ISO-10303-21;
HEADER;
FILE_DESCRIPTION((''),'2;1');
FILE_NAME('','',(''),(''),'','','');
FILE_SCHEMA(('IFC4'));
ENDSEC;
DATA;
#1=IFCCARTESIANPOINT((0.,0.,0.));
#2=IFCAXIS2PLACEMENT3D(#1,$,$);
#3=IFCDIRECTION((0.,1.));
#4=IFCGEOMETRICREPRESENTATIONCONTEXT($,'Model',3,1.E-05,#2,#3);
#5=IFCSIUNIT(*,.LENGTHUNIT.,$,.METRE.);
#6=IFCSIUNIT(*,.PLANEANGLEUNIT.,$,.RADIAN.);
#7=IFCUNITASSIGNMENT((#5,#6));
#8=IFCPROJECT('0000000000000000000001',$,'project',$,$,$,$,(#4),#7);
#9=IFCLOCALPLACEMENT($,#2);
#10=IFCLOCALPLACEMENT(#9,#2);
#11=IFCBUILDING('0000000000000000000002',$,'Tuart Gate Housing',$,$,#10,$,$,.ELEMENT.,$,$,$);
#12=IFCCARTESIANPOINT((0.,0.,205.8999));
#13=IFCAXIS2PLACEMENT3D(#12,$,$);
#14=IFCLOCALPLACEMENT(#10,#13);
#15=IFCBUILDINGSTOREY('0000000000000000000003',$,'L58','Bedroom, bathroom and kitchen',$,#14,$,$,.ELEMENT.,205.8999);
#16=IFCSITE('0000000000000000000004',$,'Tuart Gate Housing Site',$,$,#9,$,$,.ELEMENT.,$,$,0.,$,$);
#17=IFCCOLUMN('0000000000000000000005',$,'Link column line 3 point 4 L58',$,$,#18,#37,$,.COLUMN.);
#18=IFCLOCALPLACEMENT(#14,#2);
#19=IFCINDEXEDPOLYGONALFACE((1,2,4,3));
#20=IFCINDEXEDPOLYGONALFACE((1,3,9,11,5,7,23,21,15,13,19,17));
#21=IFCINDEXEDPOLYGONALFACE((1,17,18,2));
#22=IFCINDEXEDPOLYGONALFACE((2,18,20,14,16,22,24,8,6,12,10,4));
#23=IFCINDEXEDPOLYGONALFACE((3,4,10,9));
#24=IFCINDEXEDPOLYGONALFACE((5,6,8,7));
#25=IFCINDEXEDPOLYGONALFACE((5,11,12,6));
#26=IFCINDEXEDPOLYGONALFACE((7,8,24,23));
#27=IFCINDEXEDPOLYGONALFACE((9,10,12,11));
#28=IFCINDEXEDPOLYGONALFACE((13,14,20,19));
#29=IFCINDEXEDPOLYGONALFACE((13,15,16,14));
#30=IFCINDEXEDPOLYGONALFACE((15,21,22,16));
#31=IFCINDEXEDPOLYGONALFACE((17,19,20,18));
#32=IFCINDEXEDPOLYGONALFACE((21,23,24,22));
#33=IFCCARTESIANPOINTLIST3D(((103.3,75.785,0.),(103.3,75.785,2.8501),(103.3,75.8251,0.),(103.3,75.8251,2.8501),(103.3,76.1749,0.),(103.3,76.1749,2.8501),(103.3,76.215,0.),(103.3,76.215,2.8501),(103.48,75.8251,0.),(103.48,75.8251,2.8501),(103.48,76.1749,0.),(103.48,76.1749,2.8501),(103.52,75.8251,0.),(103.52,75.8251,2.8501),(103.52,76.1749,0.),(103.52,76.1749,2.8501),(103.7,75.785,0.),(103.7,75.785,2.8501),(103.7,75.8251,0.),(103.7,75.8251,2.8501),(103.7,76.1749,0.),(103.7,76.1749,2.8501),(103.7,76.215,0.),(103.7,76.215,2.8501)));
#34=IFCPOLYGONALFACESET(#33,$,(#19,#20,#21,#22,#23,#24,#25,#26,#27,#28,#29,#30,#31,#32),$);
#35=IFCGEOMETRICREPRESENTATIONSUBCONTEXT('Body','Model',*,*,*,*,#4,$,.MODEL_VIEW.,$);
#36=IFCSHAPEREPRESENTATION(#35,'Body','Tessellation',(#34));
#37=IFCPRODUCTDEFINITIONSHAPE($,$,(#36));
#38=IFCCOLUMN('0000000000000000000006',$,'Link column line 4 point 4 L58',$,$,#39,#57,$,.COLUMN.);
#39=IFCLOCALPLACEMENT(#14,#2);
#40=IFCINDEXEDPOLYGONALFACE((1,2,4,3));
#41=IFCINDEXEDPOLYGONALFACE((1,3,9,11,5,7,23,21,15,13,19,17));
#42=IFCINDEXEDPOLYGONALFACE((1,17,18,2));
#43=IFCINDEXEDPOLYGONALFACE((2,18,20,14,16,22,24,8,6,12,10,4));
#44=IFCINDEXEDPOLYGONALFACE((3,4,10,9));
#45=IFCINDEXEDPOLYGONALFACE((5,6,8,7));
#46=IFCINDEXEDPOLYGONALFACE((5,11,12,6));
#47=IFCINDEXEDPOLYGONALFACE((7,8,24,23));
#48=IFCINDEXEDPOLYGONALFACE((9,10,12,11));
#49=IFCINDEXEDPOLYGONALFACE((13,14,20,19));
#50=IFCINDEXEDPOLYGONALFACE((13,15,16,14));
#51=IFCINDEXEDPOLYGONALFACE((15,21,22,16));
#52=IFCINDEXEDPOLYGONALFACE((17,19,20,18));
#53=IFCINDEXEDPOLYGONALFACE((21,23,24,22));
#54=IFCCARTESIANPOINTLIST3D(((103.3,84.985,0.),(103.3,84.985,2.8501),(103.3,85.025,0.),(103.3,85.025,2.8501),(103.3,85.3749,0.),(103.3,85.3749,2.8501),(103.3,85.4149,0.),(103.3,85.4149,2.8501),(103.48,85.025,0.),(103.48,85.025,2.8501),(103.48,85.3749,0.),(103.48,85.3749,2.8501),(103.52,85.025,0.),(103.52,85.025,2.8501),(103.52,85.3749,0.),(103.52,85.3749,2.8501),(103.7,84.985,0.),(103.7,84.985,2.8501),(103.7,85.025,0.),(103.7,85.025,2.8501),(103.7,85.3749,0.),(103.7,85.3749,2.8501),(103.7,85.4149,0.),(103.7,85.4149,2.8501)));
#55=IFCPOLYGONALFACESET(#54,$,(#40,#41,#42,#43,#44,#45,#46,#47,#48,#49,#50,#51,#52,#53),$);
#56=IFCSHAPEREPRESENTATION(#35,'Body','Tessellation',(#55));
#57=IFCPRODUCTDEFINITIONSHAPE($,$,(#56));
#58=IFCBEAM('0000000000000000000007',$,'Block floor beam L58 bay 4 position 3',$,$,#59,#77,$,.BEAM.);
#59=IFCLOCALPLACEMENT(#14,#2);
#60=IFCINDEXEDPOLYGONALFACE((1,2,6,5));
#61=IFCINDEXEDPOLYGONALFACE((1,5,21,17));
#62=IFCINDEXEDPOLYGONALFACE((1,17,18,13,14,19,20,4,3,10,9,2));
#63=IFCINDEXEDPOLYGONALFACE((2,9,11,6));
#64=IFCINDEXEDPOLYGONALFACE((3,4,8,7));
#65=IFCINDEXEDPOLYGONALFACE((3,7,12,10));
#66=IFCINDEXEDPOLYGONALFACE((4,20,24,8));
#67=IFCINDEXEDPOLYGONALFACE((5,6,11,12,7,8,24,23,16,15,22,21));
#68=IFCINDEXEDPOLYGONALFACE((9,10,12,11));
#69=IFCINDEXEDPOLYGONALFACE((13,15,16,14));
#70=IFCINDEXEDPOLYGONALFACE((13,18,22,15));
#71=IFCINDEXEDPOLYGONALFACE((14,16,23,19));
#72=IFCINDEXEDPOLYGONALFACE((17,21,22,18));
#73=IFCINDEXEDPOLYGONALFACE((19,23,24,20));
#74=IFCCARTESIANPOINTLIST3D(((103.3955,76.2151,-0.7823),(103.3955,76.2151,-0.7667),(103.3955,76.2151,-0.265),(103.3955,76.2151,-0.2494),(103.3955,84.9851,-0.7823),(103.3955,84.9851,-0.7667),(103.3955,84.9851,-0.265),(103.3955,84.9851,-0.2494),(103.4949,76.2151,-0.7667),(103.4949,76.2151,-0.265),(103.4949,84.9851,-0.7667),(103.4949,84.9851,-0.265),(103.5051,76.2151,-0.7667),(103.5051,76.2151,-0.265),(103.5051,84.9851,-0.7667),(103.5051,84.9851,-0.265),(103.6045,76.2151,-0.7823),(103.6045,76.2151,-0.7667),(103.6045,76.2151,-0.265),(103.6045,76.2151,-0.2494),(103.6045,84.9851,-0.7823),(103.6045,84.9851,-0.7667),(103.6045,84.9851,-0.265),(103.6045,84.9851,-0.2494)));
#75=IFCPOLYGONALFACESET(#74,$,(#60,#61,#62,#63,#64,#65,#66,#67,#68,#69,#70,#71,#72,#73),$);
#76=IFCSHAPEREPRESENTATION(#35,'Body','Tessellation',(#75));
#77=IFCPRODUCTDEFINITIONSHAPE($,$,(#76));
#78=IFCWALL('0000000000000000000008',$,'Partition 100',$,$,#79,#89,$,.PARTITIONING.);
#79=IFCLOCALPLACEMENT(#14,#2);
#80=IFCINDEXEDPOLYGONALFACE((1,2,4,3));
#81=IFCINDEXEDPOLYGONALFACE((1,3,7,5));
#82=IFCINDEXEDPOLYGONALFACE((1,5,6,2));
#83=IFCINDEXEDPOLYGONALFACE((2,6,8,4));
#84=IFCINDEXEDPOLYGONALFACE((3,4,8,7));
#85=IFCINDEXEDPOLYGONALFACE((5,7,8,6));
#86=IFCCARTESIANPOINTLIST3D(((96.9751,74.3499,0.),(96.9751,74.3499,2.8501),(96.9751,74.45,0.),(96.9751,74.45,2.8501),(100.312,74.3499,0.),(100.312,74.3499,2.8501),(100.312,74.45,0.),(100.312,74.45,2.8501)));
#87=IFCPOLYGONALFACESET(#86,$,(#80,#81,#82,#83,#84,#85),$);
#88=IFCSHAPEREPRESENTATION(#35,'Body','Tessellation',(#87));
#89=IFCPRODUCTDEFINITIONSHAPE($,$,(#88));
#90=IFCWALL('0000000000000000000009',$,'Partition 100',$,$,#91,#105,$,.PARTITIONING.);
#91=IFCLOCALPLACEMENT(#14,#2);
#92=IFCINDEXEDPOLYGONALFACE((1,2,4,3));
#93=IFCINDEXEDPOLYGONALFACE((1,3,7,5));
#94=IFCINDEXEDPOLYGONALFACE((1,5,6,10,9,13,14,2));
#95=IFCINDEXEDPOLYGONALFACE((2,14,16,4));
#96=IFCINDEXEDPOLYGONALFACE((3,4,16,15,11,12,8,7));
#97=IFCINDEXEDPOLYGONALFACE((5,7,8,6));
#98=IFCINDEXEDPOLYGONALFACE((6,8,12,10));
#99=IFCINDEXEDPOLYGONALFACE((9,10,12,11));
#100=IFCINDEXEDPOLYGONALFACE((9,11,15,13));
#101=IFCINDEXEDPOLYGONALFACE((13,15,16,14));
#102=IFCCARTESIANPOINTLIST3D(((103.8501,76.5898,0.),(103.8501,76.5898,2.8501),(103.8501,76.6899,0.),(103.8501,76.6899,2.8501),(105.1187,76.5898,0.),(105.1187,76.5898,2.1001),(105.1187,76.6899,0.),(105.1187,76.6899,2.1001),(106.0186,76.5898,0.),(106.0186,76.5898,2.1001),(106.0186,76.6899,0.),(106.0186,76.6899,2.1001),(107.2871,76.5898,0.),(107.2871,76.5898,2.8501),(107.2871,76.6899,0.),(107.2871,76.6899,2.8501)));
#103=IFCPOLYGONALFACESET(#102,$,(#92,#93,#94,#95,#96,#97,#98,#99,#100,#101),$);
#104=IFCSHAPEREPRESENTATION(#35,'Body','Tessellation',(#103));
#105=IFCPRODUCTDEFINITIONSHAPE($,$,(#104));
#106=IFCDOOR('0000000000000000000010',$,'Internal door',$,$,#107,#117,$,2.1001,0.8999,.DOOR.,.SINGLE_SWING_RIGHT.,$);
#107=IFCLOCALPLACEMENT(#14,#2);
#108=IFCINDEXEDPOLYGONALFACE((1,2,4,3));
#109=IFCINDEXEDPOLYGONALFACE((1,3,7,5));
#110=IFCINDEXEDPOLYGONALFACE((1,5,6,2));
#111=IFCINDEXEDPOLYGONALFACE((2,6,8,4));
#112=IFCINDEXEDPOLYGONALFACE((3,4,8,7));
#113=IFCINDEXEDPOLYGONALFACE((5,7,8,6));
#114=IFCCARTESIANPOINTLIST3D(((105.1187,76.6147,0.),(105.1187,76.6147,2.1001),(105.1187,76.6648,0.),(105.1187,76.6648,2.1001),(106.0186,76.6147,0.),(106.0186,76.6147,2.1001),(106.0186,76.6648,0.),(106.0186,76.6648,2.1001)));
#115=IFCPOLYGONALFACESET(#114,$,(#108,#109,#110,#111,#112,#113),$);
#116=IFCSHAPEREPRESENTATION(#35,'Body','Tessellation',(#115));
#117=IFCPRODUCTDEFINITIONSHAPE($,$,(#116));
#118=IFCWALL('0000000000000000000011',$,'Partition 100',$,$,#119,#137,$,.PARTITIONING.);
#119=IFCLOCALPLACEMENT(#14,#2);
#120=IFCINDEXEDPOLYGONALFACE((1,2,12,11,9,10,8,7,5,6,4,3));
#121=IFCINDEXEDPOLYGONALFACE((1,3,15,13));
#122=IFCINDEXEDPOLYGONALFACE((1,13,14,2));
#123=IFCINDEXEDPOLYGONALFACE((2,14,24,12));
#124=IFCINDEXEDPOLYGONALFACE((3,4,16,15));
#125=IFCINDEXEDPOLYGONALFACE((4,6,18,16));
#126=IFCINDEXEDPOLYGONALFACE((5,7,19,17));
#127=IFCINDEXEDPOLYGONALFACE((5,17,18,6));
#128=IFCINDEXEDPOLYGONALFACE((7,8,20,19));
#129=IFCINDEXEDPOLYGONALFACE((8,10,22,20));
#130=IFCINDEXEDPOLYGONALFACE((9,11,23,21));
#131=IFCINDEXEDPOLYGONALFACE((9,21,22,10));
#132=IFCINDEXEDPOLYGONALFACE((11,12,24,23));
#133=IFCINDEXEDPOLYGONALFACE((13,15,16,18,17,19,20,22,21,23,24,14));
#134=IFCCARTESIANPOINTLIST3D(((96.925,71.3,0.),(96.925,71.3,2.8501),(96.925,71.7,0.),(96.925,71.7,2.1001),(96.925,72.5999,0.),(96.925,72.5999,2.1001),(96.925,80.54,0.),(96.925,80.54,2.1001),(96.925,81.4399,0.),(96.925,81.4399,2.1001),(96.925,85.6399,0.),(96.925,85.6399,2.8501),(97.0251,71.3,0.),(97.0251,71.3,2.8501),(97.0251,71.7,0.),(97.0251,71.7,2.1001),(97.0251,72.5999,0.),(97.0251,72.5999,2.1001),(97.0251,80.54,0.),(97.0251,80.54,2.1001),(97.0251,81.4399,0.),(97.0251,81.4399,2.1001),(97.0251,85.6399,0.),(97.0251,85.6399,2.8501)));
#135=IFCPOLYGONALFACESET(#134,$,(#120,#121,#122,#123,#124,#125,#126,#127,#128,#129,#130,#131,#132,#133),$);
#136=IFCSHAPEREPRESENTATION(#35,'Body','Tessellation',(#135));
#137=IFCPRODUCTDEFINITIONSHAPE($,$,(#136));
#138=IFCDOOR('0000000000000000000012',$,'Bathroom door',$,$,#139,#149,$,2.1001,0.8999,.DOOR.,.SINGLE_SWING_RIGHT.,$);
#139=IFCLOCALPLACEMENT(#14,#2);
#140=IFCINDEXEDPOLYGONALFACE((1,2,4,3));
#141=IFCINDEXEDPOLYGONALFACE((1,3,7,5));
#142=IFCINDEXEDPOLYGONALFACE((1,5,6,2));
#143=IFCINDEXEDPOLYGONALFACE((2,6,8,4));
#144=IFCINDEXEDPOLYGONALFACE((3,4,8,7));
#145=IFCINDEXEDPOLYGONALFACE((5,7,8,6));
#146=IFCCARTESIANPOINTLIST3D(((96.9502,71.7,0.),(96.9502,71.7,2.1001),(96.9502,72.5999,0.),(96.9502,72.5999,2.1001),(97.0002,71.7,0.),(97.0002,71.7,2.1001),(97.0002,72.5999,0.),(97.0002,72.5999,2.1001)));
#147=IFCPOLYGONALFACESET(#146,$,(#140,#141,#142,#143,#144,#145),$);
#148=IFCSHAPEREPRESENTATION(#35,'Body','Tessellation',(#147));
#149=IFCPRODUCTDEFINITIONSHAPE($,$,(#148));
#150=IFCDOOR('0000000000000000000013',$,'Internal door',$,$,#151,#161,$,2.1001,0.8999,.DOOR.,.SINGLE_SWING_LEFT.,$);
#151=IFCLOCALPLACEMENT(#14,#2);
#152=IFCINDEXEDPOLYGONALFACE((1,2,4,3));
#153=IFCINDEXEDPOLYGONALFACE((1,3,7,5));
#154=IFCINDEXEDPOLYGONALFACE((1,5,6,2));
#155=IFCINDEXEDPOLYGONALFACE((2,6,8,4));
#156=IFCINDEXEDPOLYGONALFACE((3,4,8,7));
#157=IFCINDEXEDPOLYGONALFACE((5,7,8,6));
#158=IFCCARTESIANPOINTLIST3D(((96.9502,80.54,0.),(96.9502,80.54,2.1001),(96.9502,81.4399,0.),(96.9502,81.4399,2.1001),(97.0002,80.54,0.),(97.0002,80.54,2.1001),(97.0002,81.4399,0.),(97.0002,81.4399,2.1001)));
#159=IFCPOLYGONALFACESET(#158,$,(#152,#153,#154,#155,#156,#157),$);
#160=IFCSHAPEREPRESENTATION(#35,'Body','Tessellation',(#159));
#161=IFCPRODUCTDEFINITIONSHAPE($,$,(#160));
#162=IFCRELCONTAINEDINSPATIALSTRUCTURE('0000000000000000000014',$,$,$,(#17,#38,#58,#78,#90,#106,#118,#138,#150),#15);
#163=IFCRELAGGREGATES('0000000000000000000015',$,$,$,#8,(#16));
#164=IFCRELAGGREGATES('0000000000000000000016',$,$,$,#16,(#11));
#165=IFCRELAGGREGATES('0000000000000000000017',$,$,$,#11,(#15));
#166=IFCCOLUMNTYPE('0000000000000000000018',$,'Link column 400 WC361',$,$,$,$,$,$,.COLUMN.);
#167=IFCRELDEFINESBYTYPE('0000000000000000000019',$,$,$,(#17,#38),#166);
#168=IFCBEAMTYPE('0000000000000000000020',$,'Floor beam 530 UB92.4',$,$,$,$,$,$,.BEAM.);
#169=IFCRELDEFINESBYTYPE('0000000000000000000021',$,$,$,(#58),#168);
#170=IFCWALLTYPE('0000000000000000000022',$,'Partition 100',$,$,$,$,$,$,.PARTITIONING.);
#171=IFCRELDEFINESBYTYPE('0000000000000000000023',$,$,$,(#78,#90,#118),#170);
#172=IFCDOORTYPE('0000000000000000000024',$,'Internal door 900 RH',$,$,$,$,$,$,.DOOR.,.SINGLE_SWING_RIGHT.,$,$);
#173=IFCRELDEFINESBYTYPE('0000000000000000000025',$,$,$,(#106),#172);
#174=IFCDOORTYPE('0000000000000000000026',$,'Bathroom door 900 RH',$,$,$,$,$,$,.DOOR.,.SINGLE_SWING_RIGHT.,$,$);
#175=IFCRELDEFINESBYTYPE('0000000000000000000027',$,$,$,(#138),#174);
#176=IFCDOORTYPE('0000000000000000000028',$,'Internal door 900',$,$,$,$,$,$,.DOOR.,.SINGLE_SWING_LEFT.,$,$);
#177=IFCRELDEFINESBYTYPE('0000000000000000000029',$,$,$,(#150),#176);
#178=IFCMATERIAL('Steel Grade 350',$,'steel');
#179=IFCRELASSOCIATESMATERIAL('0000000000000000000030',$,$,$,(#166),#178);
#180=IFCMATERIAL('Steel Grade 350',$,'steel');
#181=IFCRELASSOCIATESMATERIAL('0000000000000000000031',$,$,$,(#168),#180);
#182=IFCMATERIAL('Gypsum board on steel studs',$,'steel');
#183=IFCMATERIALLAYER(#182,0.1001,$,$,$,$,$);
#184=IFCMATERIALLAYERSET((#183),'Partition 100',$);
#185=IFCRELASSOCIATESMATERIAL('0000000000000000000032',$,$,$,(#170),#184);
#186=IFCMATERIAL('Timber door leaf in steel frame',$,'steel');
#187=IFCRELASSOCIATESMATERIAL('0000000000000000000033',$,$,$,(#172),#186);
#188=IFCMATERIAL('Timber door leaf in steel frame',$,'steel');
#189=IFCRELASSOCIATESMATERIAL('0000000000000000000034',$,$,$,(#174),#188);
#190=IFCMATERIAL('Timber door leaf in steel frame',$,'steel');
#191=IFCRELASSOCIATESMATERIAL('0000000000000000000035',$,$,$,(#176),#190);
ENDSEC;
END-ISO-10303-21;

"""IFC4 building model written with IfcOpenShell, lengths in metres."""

from ifc_helpers import new_model, si_unit, direction, frame, frame_2d, origin, origin_2d, place, context, subcontext, project, spatial, rectangle, i_section, extrude, material, layer, layer_set, material_profile, profile_set, type_object, element, fill, save


model = new_model("IFC4")

# Units and contexts
model_context = context("Model", 3, precision=1e-05, world=origin(), true_north=direction((0.0, 1.0)))
body_context = subcontext(model_context, "Body", "Model", "MODEL_VIEW")
ifc_project = project(units=[si_unit("LENGTHUNIT", "METRE"), si_unit("PLANEANGLEUNIT", "RADIAN")], contexts=[model_context])

# Site, building, storey
site_placement = place(None, origin())
site = spatial("IfcSite", under=ifc_project, at=site_placement, Name="Tuart Gate Housing Site", CompositionType="ELEMENT", RefElevation=0.0)
building_placement = place(site_placement, origin())
building = spatial("IfcBuilding", under=site, at=building_placement, Name="Tuart Gate Housing", CompositionType="ELEMENT")
storey_placement = place(building_placement, frame((0.0, 0.0, 205.8999)))
storey = spatial("IfcBuildingStorey", under=building, at=storey_placement, Name="L58", Description="Bedroom, bathroom and kitchen", CompositionType="ELEMENT", Elevation=205.8999)

# Columns
ifc_material_1 = material(Name="Steel Grade 350", Category="steel")
ifc_material_profile_1 = material_profile(ifc_material_1, i_section(OverallWidth=0.3999, OverallDepth=0.4299, WebThickness=0.04, FlangeThickness=0.04, at=origin_2d()), Name="400WC361")
ifc_profile_set_1 = profile_set([ifc_material_profile_1], Name="Steel Grade 350")
column_type = type_object("IfcColumnType", Name="Link column 400 WC361", PredefinedType="COLUMN", material=ifc_profile_set_1)
for number, where, z_axis, x_axis, name in (
    (1, (103.5, 76.0, 0.0), (0.0, 0.0, 1.0), (1.0, 0.0, 0.0), "Link column line 3 point 4 L58"),
    (2, (103.5, 85.2, 0.0), (0.0, 0.0, 1.0), (1.0, 0.0, 0.0), "Link column line 4 point 4 L58"),
):
    element("IfcColumn", number, at=place(storey_placement, frame(where, z_axis=z_axis, x_axis=x_axis)), inside=storey, type_object=column_type, Name=name, PredefinedType="COLUMN", context=body_context, shape_type="SweptSolid", body=[
        extrude(i_section(OverallWidth=0.3999, OverallDepth=0.4299, WebThickness=0.04, FlangeThickness=0.04, at=origin_2d()), origin(), (0.0, 0.0, 1.0), 2.8501),
    ])

# Beam
ifc_material_2 = material(Name="Steel Grade 350", Category="steel")
ifc_material_profile_2 = material_profile(ifc_material_2, i_section(OverallWidth=0.209, OverallDepth=0.533, WebThickness=0.0103, FlangeThickness=0.0156, at=origin_2d()), Name="530UB92.4")
ifc_profile_set_2 = profile_set([ifc_material_profile_2], Name="Steel Grade 350")
beam_type = type_object("IfcBeamType", Name="Floor beam 530 UB92.4", PredefinedType="BEAM", material=ifc_profile_set_2)
beam_placement = place(storey_placement, frame((103.5, 76.2151, -0.5159), z_axis=(0.0, 1.0, 0.0), x_axis=(-1.0, 0.0, 0.0)))
element("IfcBeam", 3, at=beam_placement, inside=storey, type_object=beam_type, Name="Block floor beam L58 bay 4 position 3", PredefinedType="BEAM", context=body_context, shape_type="SweptSolid", body=[
    extrude(i_section(OverallWidth=0.209, OverallDepth=0.533, WebThickness=0.0103, FlangeThickness=0.0156, at=origin_2d()), origin(), (0.0, 0.0, 1.0), 8.77),
])

# Wall
ifc_material_3 = material(Name="Gypsum board on steel studs", Category="steel")
ifc_layer_1 = layer(ifc_material_3, 0.1001)
ifc_layer_set_1 = layer_set([ifc_layer_1], Name="Partition 100")
wall_type_1 = type_object("IfcWallType", Name="Partition 100", PredefinedType="PARTITIONING", material=ifc_layer_set_1)
wall_1_placement = place(storey_placement, frame((96.9751, 74.3999, 0.0), z_axis=(0.0, 0.0, 1.0), x_axis=(1.0, 0.0, 0.0)))
element("IfcWall", 4, at=wall_1_placement, inside=storey, type_object=wall_type_1, Name="Partition 100", PredefinedType="PARTITIONING", context=body_context, shape_type="SweptSolid", body=[
    extrude(rectangle(XDim=3.3369, YDim=0.1001, at=frame_2d((1.6685, 0.0))), origin(), (0.0, 0.0, 1.0), 2.8501),
])

# Wall, opening, door
wall_2_placement = place(storey_placement, frame((103.8501, 76.6399, 0.0), z_axis=(0.0, 0.0, 1.0), x_axis=(1.0, 0.0, 0.0)))
wall_2 = element("IfcWall", 5, at=wall_2_placement, inside=storey, type_object=wall_type_1, Name="Partition 100", PredefinedType="PARTITIONING", context=body_context, shape_type="SweptSolid", body=[
    extrude(rectangle(XDim=3.437, YDim=0.1001, at=frame_2d((1.7185, 0.0))), origin(), (0.0, 0.0, 1.0), 2.8501),
])
opening_1_placement = place(wall_2_placement, frame((1.2686, 0.0, 0.0)))
opening_1 = element("IfcOpeningElement", 6, at=opening_1_placement, cuts=wall_2, PredefinedType="OPENING", context=body_context, shape_type="SweptSolid", body=[
    extrude(rectangle(XDim=0.8999, YDim=2.1001, at=frame_2d((0.45, 1.05))), frame((0.0, 0.0601, 0.0), z_axis=(0.0, -1.0, 0.0), x_axis=(1.0, 0.0, 0.0)), (0.0, 0.0, 1.0), 0.1201),
])
ifc_material_4 = material(Name="Timber door leaf in steel frame", Category="steel")
door_type_1 = type_object("IfcDoorType", Name="Internal door 900 RH", OperationType="SINGLE_SWING_RIGHT", PredefinedType="DOOR", material=ifc_material_4)
door_1_placement = place(opening_1_placement, frame((0.8999, 0.0, 0.0), z_axis=(0.0, 0.0, 1.0), x_axis=(-1.0, 0.0, 0.0)))
door_1 = element("IfcDoor", 7, at=door_1_placement, inside=storey, type_object=door_type_1, Name="Internal door", OperationType="SINGLE_SWING_RIGHT", OverallHeight=2.1001, OverallWidth=0.8999, PredefinedType="DOOR", context=body_context, shape_type="SweptSolid", body=[
    extrude(rectangle(XDim=0.8999, YDim=2.1001, at=frame_2d((0.45, 1.05))), frame((0.0, 0.0251, 0.0), z_axis=(0.0, -1.0, 0.0), x_axis=(1.0, 0.0, 0.0)), (0.0, 0.0, 1.0), 0.05),
])
fill(opening_1, door_1)

# Wall, openings, doors
wall_3_placement = place(storey_placement, frame((96.9751, 71.3, 0.0), z_axis=(0.0, 0.0, 1.0), x_axis=(0.0, 1.0, 0.0)))
wall_3 = element("IfcWall", 8, at=wall_3_placement, inside=storey, type_object=wall_type_1, Name="Partition 100", PredefinedType="PARTITIONING", context=body_context, shape_type="SweptSolid", body=[
    extrude(rectangle(XDim=14.3398, YDim=0.1001, at=frame_2d((7.1699, 0.0))), origin(), (0.0, 0.0, 1.0), 2.8501),
])
opening_2_placement = place(wall_3_placement, frame((9.24, 0.0, 0.0)))
opening_2 = element("IfcOpeningElement", 9, at=opening_2_placement, cuts=wall_3, PredefinedType="OPENING", context=body_context, shape_type="SweptSolid", body=[
    extrude(rectangle(XDim=0.8999, YDim=2.1001, at=frame_2d((0.45, 1.05))), frame((0.0, 0.0601, 0.0), z_axis=(0.0, -1.0, 0.0), x_axis=(1.0, 0.0, 0.0)), (0.0, 0.0, 1.0), 0.1201),
])
opening_3_placement = place(wall_3_placement, frame((0.3999, 0.0, 0.0)))
opening_3 = element("IfcOpeningElement", 10, at=opening_3_placement, cuts=wall_3, PredefinedType="OPENING", context=body_context, shape_type="SweptSolid", body=[
    extrude(rectangle(XDim=0.8999, YDim=2.1001, at=frame_2d((0.45, 1.05))), frame((0.0, 0.0601, 0.0), z_axis=(0.0, -1.0, 0.0), x_axis=(1.0, 0.0, 0.0)), (0.0, 0.0, 1.0), 0.1201),
])
ifc_material_5 = material(Name="Timber door leaf in steel frame", Category="steel")
door_type_2 = type_object("IfcDoorType", Name="Bathroom door 900 RH", OperationType="SINGLE_SWING_RIGHT", PredefinedType="DOOR", material=ifc_material_5)
door_2_placement = place(opening_3_placement, frame((0.8999, 0.0, 0.0), z_axis=(0.0, 0.0, 1.0), x_axis=(-1.0, 0.0, 0.0)))
door_2 = element("IfcDoor", 11, at=door_2_placement, inside=storey, type_object=door_type_2, Name="Bathroom door", OperationType="SINGLE_SWING_RIGHT", OverallHeight=2.1001, OverallWidth=0.8999, PredefinedType="DOOR", context=body_context, shape_type="SweptSolid", body=[
    extrude(rectangle(XDim=0.8999, YDim=2.1001, at=frame_2d((0.45, 1.05))), frame((0.0, 0.0251, 0.0), z_axis=(0.0, -1.0, 0.0), x_axis=(1.0, 0.0, 0.0)), (0.0, 0.0, 1.0), 0.05),
])
fill(opening_3, door_2)
ifc_material_6 = material(Name="Timber door leaf in steel frame", Category="steel")
door_type_3 = type_object("IfcDoorType", Name="Internal door 900", OperationType="SINGLE_SWING_LEFT", PredefinedType="DOOR", material=ifc_material_6)
door_3_placement = place(opening_2_placement, frame((0.8999, 0.0, 0.0), z_axis=(0.0, 0.0, 1.0), x_axis=(-1.0, 0.0, 0.0)))
door_3 = element("IfcDoor", 12, at=door_3_placement, inside=storey, type_object=door_type_3, Name="Internal door", OperationType="SINGLE_SWING_LEFT", OverallHeight=2.1001, OverallWidth=0.8999, PredefinedType="DOOR", context=body_context, shape_type="SweptSolid", body=[
    extrude(rectangle(XDim=0.8999, YDim=2.1001, at=frame_2d((0.45, 1.05))), frame((0.0, 0.0251, 0.0), z_axis=(0.0, -1.0, 0.0), x_axis=(1.0, 0.0, 0.0)), (0.0, 0.0, 1.0), 0.05),
])
fill(opening_2, door_3)

save(model, "model.ifc")
